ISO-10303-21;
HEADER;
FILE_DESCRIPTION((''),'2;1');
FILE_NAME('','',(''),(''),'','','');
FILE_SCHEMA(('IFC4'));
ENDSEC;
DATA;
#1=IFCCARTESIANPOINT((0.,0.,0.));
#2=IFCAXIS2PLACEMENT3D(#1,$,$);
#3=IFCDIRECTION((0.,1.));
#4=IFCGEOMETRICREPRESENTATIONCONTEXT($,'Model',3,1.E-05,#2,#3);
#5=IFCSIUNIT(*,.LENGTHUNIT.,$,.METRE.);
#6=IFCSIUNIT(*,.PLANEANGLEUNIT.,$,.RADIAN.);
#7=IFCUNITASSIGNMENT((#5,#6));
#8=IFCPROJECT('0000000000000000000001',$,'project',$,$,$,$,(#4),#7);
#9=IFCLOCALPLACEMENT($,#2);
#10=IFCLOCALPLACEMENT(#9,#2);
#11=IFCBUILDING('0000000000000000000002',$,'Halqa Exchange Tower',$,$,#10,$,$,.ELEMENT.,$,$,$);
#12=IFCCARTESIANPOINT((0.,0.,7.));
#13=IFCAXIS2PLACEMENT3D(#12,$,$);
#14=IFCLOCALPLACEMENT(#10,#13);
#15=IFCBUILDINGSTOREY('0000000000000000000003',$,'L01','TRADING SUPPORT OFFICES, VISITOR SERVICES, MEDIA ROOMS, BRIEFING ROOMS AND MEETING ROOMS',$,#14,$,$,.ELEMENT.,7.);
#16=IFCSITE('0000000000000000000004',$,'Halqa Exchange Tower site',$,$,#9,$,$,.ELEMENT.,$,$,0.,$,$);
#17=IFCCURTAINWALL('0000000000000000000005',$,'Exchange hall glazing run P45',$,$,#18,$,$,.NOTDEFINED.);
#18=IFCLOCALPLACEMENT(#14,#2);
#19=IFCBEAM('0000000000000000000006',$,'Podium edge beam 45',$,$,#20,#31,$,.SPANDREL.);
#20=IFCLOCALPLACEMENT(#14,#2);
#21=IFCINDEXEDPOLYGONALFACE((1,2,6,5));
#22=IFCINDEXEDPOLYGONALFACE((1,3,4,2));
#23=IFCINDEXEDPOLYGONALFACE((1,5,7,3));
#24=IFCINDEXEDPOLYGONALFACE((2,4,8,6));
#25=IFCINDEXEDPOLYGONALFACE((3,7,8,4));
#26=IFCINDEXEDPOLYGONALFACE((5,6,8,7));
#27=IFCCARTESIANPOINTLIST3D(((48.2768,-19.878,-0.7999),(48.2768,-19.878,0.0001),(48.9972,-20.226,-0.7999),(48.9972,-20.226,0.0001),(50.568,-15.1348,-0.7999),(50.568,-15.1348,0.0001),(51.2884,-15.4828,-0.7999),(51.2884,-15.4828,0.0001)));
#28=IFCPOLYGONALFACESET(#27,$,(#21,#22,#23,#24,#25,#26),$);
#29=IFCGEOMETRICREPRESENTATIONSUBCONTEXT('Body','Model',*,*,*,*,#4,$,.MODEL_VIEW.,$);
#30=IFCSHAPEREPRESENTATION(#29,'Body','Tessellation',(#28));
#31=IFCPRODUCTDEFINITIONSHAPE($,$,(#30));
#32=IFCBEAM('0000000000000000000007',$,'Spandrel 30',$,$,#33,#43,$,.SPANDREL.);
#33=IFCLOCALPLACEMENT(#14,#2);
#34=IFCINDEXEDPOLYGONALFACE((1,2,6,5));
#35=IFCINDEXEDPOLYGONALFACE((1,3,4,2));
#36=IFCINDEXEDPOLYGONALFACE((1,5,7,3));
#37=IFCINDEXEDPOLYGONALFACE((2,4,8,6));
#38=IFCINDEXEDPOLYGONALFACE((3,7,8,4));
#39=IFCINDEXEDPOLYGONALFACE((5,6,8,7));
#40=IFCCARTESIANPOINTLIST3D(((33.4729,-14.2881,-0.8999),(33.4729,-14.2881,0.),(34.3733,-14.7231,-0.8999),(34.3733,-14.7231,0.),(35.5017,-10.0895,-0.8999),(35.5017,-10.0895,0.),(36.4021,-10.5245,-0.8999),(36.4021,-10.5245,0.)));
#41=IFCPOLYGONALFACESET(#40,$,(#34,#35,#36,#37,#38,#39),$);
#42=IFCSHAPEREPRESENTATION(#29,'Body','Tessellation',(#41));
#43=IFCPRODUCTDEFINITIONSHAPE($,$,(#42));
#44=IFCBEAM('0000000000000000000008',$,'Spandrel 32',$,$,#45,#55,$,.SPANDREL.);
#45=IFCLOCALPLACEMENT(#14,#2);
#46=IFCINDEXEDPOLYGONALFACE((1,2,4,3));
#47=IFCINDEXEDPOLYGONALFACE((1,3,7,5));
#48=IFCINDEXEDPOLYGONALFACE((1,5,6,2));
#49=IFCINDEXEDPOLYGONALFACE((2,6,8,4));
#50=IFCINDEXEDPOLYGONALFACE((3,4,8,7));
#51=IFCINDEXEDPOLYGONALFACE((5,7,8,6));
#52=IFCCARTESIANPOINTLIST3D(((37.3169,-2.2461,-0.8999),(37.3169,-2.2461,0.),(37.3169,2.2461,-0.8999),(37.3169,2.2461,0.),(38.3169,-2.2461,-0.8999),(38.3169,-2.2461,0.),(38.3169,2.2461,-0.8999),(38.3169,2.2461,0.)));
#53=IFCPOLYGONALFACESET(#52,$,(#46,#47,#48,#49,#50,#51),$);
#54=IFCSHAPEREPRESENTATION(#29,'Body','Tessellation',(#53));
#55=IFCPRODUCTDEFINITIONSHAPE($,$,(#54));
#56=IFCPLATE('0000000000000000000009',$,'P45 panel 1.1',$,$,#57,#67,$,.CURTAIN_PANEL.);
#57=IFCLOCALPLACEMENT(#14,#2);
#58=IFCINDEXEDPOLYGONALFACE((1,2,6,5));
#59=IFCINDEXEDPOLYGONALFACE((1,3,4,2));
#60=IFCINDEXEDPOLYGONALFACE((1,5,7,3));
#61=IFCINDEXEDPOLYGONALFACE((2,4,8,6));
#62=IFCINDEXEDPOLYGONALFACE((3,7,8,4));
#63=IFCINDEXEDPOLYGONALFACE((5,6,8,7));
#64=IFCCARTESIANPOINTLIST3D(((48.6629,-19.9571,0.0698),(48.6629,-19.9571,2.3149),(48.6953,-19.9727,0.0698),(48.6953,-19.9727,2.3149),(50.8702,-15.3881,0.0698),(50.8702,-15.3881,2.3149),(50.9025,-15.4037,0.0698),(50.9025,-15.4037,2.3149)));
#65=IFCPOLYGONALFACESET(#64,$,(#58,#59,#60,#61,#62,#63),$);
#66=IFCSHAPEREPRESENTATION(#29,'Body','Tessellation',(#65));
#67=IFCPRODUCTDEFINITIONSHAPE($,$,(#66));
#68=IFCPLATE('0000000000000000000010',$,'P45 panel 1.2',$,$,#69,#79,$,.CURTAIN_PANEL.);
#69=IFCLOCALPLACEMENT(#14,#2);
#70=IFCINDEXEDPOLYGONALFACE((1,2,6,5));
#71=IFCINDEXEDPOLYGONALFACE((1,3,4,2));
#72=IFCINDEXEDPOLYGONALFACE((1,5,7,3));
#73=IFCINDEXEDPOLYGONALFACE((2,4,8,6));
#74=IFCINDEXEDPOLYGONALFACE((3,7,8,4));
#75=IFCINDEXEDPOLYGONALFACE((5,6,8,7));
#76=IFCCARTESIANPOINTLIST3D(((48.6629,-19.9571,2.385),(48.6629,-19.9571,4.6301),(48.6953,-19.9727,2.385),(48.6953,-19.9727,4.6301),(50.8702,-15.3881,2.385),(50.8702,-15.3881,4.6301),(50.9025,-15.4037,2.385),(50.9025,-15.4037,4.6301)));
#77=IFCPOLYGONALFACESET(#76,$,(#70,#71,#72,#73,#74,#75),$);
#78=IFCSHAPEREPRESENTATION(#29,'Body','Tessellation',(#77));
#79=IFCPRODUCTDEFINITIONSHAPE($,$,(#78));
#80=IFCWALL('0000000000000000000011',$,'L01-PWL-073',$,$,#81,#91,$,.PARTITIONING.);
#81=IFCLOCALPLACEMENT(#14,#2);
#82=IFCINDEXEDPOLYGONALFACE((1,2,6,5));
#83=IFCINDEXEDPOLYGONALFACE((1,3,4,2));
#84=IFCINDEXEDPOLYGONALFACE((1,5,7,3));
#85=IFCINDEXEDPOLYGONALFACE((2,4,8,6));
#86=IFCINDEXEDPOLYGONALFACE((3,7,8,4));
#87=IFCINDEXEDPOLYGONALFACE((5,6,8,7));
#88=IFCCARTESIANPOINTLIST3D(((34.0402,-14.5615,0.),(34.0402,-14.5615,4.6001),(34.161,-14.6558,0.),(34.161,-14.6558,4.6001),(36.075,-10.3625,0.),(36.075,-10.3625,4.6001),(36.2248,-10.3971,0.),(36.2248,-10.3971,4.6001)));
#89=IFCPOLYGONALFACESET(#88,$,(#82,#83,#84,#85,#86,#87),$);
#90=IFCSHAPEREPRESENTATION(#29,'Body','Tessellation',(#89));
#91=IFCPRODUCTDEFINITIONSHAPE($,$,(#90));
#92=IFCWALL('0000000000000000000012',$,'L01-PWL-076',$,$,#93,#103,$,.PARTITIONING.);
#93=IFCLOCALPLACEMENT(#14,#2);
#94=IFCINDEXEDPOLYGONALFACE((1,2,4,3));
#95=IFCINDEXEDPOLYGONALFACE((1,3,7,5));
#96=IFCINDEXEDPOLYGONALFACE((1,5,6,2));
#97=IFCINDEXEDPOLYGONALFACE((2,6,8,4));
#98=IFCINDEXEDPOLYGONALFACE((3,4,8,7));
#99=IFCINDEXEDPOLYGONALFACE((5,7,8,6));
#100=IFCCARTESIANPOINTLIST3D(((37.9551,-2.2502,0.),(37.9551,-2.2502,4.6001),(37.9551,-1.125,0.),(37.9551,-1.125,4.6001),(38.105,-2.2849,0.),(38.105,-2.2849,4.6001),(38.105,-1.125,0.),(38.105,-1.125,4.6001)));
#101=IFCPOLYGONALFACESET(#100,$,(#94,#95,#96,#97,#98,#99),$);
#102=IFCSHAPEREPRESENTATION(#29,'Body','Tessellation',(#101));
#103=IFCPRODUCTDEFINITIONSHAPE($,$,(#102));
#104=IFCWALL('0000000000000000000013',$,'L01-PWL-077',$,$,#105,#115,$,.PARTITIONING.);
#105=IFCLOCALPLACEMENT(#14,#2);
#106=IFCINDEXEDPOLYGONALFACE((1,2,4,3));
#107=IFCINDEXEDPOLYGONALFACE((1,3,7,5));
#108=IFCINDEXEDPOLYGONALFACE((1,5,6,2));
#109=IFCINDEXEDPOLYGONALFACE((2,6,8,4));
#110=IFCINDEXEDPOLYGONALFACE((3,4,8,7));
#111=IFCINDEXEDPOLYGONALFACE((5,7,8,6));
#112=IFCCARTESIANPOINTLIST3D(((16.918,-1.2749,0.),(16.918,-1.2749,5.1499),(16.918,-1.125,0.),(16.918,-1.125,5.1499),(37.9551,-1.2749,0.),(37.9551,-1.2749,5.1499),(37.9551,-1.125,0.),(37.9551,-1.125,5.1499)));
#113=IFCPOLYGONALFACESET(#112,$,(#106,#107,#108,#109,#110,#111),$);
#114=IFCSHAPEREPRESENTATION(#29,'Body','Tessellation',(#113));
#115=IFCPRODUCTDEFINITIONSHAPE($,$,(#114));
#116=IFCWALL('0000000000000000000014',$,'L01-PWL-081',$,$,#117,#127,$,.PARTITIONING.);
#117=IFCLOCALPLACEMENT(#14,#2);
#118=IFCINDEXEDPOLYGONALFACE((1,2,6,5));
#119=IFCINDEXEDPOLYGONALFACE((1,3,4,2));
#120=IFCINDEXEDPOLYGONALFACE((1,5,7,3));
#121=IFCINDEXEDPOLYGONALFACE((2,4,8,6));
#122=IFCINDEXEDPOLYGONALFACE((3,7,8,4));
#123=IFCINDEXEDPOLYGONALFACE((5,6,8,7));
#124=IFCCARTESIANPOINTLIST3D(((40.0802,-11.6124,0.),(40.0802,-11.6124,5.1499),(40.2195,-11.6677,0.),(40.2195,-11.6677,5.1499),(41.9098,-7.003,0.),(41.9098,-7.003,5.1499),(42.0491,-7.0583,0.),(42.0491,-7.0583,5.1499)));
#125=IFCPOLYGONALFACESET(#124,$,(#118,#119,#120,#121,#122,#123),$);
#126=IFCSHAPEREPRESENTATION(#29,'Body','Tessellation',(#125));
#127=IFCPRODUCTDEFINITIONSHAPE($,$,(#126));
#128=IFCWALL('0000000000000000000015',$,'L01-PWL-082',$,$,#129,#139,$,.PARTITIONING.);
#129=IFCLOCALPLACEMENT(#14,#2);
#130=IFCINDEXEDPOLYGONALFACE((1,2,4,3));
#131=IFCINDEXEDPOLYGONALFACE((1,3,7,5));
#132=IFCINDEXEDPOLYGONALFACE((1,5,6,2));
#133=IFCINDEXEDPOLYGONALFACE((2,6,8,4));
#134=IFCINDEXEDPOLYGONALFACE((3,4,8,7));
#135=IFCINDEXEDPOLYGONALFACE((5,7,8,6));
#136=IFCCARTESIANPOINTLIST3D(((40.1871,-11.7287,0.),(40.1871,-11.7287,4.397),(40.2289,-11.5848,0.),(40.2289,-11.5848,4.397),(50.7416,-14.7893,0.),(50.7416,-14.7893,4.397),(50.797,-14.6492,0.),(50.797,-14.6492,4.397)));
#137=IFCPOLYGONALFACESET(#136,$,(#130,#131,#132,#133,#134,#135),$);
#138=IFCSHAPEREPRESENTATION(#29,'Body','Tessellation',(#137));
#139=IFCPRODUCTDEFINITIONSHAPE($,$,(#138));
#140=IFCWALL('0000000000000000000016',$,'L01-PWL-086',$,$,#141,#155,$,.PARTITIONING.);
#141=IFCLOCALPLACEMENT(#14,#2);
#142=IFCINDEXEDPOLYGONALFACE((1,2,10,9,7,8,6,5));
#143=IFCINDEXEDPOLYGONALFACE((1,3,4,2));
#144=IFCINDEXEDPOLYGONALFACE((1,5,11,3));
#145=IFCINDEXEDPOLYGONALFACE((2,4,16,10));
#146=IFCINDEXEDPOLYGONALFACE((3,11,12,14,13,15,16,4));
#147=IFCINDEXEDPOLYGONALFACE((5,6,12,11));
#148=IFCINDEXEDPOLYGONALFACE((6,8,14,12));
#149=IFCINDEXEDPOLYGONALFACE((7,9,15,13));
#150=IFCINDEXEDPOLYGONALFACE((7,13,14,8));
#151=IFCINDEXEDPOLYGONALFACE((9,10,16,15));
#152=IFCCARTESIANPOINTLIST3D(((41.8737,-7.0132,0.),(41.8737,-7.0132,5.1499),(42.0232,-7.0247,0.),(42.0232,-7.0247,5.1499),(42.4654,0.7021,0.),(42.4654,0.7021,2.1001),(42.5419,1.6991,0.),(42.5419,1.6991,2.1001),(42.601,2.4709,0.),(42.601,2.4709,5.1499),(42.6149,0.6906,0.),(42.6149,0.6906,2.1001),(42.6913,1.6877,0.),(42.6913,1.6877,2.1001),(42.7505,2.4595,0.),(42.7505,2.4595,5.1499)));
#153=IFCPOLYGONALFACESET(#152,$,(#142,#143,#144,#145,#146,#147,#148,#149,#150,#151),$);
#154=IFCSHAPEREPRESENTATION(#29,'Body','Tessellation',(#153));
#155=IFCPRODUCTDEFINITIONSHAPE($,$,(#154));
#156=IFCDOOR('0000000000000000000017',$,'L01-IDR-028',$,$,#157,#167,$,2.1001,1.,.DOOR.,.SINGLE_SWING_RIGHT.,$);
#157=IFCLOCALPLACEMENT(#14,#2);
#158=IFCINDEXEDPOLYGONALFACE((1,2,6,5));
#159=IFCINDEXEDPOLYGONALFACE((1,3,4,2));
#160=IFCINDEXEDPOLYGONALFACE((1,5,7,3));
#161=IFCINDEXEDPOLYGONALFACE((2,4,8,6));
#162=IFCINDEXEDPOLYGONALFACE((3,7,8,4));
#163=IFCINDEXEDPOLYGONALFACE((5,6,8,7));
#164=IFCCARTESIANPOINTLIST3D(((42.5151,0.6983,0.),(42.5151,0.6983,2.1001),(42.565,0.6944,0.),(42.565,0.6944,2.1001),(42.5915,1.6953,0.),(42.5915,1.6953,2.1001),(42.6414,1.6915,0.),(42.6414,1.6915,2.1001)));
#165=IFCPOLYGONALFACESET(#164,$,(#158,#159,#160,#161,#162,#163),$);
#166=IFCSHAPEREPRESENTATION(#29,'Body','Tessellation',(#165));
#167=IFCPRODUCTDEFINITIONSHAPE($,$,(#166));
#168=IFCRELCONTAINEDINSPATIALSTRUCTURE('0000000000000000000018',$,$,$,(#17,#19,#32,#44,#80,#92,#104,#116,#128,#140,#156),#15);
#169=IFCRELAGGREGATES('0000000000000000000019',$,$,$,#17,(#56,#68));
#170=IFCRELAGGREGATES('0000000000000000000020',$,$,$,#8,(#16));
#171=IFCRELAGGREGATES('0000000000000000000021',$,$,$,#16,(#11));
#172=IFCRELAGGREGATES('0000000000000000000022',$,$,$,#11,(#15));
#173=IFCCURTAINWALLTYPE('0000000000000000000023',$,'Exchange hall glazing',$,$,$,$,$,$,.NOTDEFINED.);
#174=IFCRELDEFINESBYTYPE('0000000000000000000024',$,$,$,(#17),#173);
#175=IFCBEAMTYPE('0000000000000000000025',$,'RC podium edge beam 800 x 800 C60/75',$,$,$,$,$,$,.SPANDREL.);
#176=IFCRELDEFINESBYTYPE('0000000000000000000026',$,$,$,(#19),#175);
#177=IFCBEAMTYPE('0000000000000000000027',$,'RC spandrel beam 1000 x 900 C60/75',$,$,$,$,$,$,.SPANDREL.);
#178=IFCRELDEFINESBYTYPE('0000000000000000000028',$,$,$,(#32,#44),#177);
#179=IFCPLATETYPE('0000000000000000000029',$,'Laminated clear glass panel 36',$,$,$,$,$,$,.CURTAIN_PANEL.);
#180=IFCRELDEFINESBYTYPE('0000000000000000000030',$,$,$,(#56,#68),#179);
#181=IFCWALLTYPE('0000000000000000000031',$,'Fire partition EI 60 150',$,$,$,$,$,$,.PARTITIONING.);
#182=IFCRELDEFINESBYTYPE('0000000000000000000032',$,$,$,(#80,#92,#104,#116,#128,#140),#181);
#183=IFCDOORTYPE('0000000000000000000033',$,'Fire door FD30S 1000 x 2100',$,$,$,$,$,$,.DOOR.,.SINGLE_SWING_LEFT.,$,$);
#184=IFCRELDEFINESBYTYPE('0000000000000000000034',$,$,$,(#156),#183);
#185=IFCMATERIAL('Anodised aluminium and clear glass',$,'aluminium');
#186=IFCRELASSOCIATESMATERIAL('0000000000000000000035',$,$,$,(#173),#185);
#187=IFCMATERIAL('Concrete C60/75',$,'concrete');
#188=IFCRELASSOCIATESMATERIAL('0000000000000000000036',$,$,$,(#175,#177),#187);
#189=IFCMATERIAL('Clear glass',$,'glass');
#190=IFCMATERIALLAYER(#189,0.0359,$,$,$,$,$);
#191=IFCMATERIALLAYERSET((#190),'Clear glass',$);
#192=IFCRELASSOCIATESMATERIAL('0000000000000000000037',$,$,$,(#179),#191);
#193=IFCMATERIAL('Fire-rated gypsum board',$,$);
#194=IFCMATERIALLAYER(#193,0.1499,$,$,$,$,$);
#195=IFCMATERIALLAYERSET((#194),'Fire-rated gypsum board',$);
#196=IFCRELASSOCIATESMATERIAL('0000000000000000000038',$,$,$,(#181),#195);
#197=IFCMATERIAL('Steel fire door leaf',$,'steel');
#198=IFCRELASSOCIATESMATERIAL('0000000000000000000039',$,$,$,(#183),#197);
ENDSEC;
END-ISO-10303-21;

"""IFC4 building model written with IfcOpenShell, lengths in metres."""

from ifc_helpers import new_model, si_unit, direction, frame, frame_2d, origin, origin_2d, place, context, subcontext, project, spatial, polyline, rectangle, outline, extrude, material, layer, layer_set, material_profile, profile_set, type_object, element, fill, aggregate, save


model = new_model("IFC4")

# Units and contexts
model_context = context("Model", 3, precision=1e-05, world=origin(), true_north=direction((0.0, 1.0)))
body_context = subcontext(model_context, "Body", "Model", "MODEL_VIEW")
ifc_project = project(units=[si_unit("LENGTHUNIT", "METRE"), si_unit("PLANEANGLEUNIT", "RADIAN")], contexts=[model_context])

# Site, building, storey
site_placement = place(None, origin())
site = spatial("IfcSite", under=ifc_project, at=site_placement, Name="Halqa Exchange Tower site", CompositionType="ELEMENT", RefElevation=0.0)
building_placement = place(site_placement, origin())
building = spatial("IfcBuilding", under=site, at=building_placement, Name="Halqa Exchange Tower", CompositionType="ELEMENT")
storey_placement = place(building_placement, frame((0.0, 0.0, 7.0)))
storey = spatial("IfcBuildingStorey", under=building, at=storey_placement, Name="L01", Description="TRADING SUPPORT OFFICES, VISITOR SERVICES, MEDIA ROOMS, BRIEFING ROOMS AND MEETING ROOMS", CompositionType="ELEMENT", Elevation=7.0)

# Curtain wall
ifc_material_1 = material(Name="Anodised aluminium and clear glass", Category="aluminium")
curtain_wall_type = type_object("IfcCurtainWallType", Name="Exchange hall glazing", PredefinedType="NOTDEFINED", material=ifc_material_1)
curtain_wall_placement = place(storey_placement, origin())
curtain_wall = element("IfcCurtainWall", 1, at=curtain_wall_placement, inside=storey, type_object=curtain_wall_type, Name="Exchange hall glazing run P45", PredefinedType="NOTDEFINED")

# Beams
ifc_material_2 = material(Name="Concrete C60/75", Category="concrete")
ifc_material_profile_1 = material_profile(ifc_material_2, rectangle(XDim=0.8, YDim=0.8, at=origin_2d()), Name="800 x 800")
ifc_profile_set_1 = profile_set([ifc_material_profile_1], Name="Concrete C60/75")
beam_type_1 = type_object("IfcBeamType", Name="RC podium edge beam 800 x 800 C60/75", PredefinedType="SPANDREL", material=ifc_profile_set_1)
beam_1_placement = place(storey_placement, frame((48.637, -20.052, -0.3999), z_axis=(0.434973, 0.900443, 0.0), x_axis=(-0.900443, 0.434973, 0.0)))
element("IfcBeam", 2, at=beam_1_placement, inside=storey, type_object=beam_type_1, Name="Podium edge beam 45", PredefinedType="SPANDREL", context=body_context, shape_type="SweptSolid", body=[
    extrude(rectangle(XDim=0.8, YDim=0.8, at=origin_2d()), origin(), (0.0, 0.0, 1.0), 5.2676),
])
ifc_material_profile_2 = material_profile(ifc_material_2, rectangle(XDim=1.0, YDim=0.8999, at=origin_2d()), Name="1000 x 900")
ifc_profile_set_2 = profile_set([ifc_material_profile_2], Name="Concrete C60/75")
beam_type_2 = type_object("IfcBeamType", Name="RC spandrel beam 1000 x 900 C60/75", PredefinedType="SPANDREL", material=ifc_profile_set_2)
beam_2_placement = place(storey_placement, frame((33.9231, -14.5056, -0.45), z_axis=(0.435068, 0.900397, 0.0), x_axis=(-0.900397, 0.435068, 0.0)))
element("IfcBeam", 3, at=beam_2_placement, inside=storey, type_object=beam_type_2, Name="Spandrel 30", PredefinedType="SPANDREL", context=body_context, shape_type="SweptSolid", body=[
    extrude(rectangle(XDim=1.0, YDim=0.8999, at=origin_2d()), origin(), (0.0, 0.0, 1.0), 4.6631),
])
beam_3_placement = place(storey_placement, frame((37.8169, -2.2461, -0.45), z_axis=(0.0, 1.0, 0.0), x_axis=(-1.0, 0.0, 0.0)))
element("IfcBeam", 4, at=beam_3_placement, inside=storey, type_object=beam_type_2, Name="Spandrel 32", PredefinedType="SPANDREL", context=body_context, shape_type="SweptSolid", body=[
    extrude(rectangle(XDim=1.0, YDim=0.8999, at=origin_2d()), origin(), (0.0, 0.0, 1.0), 4.4922),
])

# Plates
ifc_material_3 = material(Name="Clear glass", Category="glass")
ifc_layer_1 = layer(ifc_material_3, 0.0359)
ifc_layer_set_1 = layer_set([ifc_layer_1], Name="Clear glass")
plate_type = type_object("IfcPlateType", Name="Laminated clear glass panel 36", PredefinedType="CURTAIN_PANEL", material=ifc_layer_set_1)
plate_1_placement = place(storey_placement, frame((49.7827, -17.6804, 0.0698), z_axis=(0.0, 0.0, 1.0), x_axis=(0.43499, 0.900435, 0.0)))
plate_1 = element("IfcPlate", 5, at=plate_1_placement, type_object=plate_type, Name="P45 panel 1.1", PredefinedType="CURTAIN_PANEL", context=body_context, shape_type="SweptSolid", body=[
    extrude(rectangle(XDim=5.0742, YDim=0.0359, at=origin_2d()), origin(), (0.0, 0.0, 1.0), 2.2451),
])
plate_2_placement = place(storey_placement, frame((49.7827, -17.6804, 2.385), z_axis=(0.0, 0.0, 1.0), x_axis=(0.43499, 0.900435, 0.0)))
plate_2 = element("IfcPlate", 6, at=plate_2_placement, type_object=plate_type, Name="P45 panel 1.2", PredefinedType="CURTAIN_PANEL", context=body_context, shape_type="SweptSolid", body=[
    extrude(rectangle(XDim=5.0742, YDim=0.0359, at=origin_2d()), origin(), (0.0, 0.0, 1.0), 2.2451),
])
aggregate(curtain_wall, [plate_1, plate_2])

# Walls
ifc_material_4 = material(Name="Fire-rated gypsum board")
ifc_layer_2 = layer(ifc_material_4, 0.1499)
ifc_layer_set_2 = layer_set([ifc_layer_2], Name="Fire-rated gypsum board")
wall_type_1 = type_object("IfcWallType", Name="Fire partition EI 60 150", PredefinedType="PARTITIONING", material=ifc_layer_set_2)
wall_1_placement = place(storey_placement, frame((34.1006, -14.6086, 0.0), z_axis=(0.0, 0.0, 1.0), x_axis=(0.436103, 0.899897, 0.0)))
element("IfcWall", 7, at=wall_1_placement, inside=storey, type_object=wall_type_1, Name="L01-PWL-073", PredefinedType="PARTITIONING", context=body_context, shape_type="SweptSolid", body=[
    extrude(outline(polyline([(-0.0161, -0.075), (4.7163, -0.075), (4.6821, 0.075), (0.0161, 0.075), (-0.0161, -0.075)])), origin(), (0.0, 0.0, 1.0), 4.6001),
])
wall_2_placement = place(storey_placement, frame((38.03, -2.2676, 0.0), z_axis=(0.0, 0.0, 1.0), x_axis=(0.0, 1.0, 0.0)))
element("IfcWall", 8, at=wall_2_placement, inside=storey, type_object=wall_type_1, Name="L01-PWL-076", PredefinedType="PARTITIONING", context=body_context, shape_type="SweptSolid", body=[
    extrude(outline(polyline([(-0.0173, -0.075), (1.1426, -0.075), (1.1426, 0.075), (0.0173, 0.075), (-0.0173, -0.075)])), origin(), (0.0, 0.0, 1.0), 4.6001),
])
wall_3_placement = place(storey_placement, frame((37.9551, -1.2, 0.0), z_axis=(0.0, 0.0, 1.0), x_axis=(-1.0, 0.0, 0.0)))
element("IfcWall", 9, at=wall_3_placement, inside=storey, type_object=wall_type_1, Name="L01-PWL-077", PredefinedType="PARTITIONING", context=body_context, shape_type="SweptSolid", body=[
    extrude(rectangle(XDim=21.0371, YDim=0.1499, at=frame_2d((10.5186, 0.0))), origin(), (0.0, 0.0, 1.0), 5.1499),
])
wall_4_placement = place(storey_placement, frame((40.1499, -11.6399, 0.0), z_axis=(0.0, 0.0, 1.0), x_axis=(0.368928, 0.929458, 0.0)))
element("IfcWall", 10, at=wall_4_placement, inside=storey, type_object=wall_type_1, Name="L01-PWL-081", PredefinedType="PARTITIONING", context=body_context, shape_type="SweptSolid", body=[
    extrude(rectangle(XDim=4.9592, YDim=0.1499, at=frame_2d((2.4795, 0.0))), origin(), (0.0, 0.0, 1.0), 5.1499),
])
wall_5_placement = place(storey_placement, frame((40.208, -11.6567, 0.0), z_axis=(0.0, 0.0, 1.0), x_axis=(0.960436, -0.278502, 0.0)))
element("IfcWall", 11, at=wall_5_placement, inside=storey, type_object=wall_type_1, Name="L01-PWL-082", PredefinedType="PARTITIONING", context=body_context, shape_type="SweptSolid", body=[
    extrude(outline(polyline([(0.0, -0.075), (10.9893, -0.075), (11.0034, 0.075), (0.0, 0.075), (0.0, -0.075)])), origin(), (0.0, 0.0, 1.0), 4.397),
])

# Wall, opening, door
wall_6_placement = place(storey_placement, frame((41.9485, -7.0188, 0.0), z_axis=(0.0, 0.0, 1.0), x_axis=(0.076461, 0.997073, 0.0)))
wall_6 = element("IfcWall", 12, at=wall_6_placement, inside=storey, type_object=wall_type_1, Name="L01-PWL-086", PredefinedType="PARTITIONING", context=body_context, shape_type="SweptSolid", body=[
    extrude(rectangle(XDim=9.512, YDim=0.1499, at=frame_2d((4.7559, 0.0))), origin(), (0.0, 0.0, 1.0), 5.1499),
])
opening_1_placement = place(wall_6_placement, frame((7.7378, 0.0, 0.0)))
opening_1 = element("IfcOpeningElement", 13, at=opening_1_placement, cuts=wall_6, PredefinedType="OPENING", context=body_context, shape_type="SweptSolid", body=[
    extrude(rectangle(XDim=1.0, YDim=2.1001, at=frame_2d((0.5, 1.05))), frame((0.0, 0.0869, 0.0), z_axis=(0.0, -1.0, 0.0), x_axis=(1.0, 0.0, 0.0)), (0.0, 0.0, 1.0), 0.1738),
])
ifc_material_5 = material(Name="Steel fire door leaf", Category="steel")
door_type_1 = type_object("IfcDoorType", Name="Fire door FD30S 1000 x 2100", OperationType="SINGLE_SWING_LEFT", PredefinedType="DOOR", material=ifc_material_5)
door_1_placement = place(opening_1_placement, frame((1.0, 0.0, 0.0), z_axis=(0.0, 0.0, 1.0), x_axis=(-1.0, 0.0, 0.0)))
door_1 = element("IfcDoor", 14, at=door_1_placement, inside=storey, type_object=door_type_1, Name="L01-IDR-028", OperationType="SINGLE_SWING_RIGHT", OverallHeight=2.1001, OverallWidth=1.0, PredefinedType="DOOR", context=body_context, shape_type="SweptSolid", body=[
    extrude(rectangle(XDim=1.0, YDim=2.1001, at=frame_2d((0.5, 1.05))), frame((0.0, 0.0249, 0.0), z_axis=(0.0, -1.0, 0.0), x_axis=(1.0, 0.0, 0.0)), (0.0, 0.0, 1.0), 0.05),
])
fill(opening_1, door_1)

save(model, "model.ifc")
